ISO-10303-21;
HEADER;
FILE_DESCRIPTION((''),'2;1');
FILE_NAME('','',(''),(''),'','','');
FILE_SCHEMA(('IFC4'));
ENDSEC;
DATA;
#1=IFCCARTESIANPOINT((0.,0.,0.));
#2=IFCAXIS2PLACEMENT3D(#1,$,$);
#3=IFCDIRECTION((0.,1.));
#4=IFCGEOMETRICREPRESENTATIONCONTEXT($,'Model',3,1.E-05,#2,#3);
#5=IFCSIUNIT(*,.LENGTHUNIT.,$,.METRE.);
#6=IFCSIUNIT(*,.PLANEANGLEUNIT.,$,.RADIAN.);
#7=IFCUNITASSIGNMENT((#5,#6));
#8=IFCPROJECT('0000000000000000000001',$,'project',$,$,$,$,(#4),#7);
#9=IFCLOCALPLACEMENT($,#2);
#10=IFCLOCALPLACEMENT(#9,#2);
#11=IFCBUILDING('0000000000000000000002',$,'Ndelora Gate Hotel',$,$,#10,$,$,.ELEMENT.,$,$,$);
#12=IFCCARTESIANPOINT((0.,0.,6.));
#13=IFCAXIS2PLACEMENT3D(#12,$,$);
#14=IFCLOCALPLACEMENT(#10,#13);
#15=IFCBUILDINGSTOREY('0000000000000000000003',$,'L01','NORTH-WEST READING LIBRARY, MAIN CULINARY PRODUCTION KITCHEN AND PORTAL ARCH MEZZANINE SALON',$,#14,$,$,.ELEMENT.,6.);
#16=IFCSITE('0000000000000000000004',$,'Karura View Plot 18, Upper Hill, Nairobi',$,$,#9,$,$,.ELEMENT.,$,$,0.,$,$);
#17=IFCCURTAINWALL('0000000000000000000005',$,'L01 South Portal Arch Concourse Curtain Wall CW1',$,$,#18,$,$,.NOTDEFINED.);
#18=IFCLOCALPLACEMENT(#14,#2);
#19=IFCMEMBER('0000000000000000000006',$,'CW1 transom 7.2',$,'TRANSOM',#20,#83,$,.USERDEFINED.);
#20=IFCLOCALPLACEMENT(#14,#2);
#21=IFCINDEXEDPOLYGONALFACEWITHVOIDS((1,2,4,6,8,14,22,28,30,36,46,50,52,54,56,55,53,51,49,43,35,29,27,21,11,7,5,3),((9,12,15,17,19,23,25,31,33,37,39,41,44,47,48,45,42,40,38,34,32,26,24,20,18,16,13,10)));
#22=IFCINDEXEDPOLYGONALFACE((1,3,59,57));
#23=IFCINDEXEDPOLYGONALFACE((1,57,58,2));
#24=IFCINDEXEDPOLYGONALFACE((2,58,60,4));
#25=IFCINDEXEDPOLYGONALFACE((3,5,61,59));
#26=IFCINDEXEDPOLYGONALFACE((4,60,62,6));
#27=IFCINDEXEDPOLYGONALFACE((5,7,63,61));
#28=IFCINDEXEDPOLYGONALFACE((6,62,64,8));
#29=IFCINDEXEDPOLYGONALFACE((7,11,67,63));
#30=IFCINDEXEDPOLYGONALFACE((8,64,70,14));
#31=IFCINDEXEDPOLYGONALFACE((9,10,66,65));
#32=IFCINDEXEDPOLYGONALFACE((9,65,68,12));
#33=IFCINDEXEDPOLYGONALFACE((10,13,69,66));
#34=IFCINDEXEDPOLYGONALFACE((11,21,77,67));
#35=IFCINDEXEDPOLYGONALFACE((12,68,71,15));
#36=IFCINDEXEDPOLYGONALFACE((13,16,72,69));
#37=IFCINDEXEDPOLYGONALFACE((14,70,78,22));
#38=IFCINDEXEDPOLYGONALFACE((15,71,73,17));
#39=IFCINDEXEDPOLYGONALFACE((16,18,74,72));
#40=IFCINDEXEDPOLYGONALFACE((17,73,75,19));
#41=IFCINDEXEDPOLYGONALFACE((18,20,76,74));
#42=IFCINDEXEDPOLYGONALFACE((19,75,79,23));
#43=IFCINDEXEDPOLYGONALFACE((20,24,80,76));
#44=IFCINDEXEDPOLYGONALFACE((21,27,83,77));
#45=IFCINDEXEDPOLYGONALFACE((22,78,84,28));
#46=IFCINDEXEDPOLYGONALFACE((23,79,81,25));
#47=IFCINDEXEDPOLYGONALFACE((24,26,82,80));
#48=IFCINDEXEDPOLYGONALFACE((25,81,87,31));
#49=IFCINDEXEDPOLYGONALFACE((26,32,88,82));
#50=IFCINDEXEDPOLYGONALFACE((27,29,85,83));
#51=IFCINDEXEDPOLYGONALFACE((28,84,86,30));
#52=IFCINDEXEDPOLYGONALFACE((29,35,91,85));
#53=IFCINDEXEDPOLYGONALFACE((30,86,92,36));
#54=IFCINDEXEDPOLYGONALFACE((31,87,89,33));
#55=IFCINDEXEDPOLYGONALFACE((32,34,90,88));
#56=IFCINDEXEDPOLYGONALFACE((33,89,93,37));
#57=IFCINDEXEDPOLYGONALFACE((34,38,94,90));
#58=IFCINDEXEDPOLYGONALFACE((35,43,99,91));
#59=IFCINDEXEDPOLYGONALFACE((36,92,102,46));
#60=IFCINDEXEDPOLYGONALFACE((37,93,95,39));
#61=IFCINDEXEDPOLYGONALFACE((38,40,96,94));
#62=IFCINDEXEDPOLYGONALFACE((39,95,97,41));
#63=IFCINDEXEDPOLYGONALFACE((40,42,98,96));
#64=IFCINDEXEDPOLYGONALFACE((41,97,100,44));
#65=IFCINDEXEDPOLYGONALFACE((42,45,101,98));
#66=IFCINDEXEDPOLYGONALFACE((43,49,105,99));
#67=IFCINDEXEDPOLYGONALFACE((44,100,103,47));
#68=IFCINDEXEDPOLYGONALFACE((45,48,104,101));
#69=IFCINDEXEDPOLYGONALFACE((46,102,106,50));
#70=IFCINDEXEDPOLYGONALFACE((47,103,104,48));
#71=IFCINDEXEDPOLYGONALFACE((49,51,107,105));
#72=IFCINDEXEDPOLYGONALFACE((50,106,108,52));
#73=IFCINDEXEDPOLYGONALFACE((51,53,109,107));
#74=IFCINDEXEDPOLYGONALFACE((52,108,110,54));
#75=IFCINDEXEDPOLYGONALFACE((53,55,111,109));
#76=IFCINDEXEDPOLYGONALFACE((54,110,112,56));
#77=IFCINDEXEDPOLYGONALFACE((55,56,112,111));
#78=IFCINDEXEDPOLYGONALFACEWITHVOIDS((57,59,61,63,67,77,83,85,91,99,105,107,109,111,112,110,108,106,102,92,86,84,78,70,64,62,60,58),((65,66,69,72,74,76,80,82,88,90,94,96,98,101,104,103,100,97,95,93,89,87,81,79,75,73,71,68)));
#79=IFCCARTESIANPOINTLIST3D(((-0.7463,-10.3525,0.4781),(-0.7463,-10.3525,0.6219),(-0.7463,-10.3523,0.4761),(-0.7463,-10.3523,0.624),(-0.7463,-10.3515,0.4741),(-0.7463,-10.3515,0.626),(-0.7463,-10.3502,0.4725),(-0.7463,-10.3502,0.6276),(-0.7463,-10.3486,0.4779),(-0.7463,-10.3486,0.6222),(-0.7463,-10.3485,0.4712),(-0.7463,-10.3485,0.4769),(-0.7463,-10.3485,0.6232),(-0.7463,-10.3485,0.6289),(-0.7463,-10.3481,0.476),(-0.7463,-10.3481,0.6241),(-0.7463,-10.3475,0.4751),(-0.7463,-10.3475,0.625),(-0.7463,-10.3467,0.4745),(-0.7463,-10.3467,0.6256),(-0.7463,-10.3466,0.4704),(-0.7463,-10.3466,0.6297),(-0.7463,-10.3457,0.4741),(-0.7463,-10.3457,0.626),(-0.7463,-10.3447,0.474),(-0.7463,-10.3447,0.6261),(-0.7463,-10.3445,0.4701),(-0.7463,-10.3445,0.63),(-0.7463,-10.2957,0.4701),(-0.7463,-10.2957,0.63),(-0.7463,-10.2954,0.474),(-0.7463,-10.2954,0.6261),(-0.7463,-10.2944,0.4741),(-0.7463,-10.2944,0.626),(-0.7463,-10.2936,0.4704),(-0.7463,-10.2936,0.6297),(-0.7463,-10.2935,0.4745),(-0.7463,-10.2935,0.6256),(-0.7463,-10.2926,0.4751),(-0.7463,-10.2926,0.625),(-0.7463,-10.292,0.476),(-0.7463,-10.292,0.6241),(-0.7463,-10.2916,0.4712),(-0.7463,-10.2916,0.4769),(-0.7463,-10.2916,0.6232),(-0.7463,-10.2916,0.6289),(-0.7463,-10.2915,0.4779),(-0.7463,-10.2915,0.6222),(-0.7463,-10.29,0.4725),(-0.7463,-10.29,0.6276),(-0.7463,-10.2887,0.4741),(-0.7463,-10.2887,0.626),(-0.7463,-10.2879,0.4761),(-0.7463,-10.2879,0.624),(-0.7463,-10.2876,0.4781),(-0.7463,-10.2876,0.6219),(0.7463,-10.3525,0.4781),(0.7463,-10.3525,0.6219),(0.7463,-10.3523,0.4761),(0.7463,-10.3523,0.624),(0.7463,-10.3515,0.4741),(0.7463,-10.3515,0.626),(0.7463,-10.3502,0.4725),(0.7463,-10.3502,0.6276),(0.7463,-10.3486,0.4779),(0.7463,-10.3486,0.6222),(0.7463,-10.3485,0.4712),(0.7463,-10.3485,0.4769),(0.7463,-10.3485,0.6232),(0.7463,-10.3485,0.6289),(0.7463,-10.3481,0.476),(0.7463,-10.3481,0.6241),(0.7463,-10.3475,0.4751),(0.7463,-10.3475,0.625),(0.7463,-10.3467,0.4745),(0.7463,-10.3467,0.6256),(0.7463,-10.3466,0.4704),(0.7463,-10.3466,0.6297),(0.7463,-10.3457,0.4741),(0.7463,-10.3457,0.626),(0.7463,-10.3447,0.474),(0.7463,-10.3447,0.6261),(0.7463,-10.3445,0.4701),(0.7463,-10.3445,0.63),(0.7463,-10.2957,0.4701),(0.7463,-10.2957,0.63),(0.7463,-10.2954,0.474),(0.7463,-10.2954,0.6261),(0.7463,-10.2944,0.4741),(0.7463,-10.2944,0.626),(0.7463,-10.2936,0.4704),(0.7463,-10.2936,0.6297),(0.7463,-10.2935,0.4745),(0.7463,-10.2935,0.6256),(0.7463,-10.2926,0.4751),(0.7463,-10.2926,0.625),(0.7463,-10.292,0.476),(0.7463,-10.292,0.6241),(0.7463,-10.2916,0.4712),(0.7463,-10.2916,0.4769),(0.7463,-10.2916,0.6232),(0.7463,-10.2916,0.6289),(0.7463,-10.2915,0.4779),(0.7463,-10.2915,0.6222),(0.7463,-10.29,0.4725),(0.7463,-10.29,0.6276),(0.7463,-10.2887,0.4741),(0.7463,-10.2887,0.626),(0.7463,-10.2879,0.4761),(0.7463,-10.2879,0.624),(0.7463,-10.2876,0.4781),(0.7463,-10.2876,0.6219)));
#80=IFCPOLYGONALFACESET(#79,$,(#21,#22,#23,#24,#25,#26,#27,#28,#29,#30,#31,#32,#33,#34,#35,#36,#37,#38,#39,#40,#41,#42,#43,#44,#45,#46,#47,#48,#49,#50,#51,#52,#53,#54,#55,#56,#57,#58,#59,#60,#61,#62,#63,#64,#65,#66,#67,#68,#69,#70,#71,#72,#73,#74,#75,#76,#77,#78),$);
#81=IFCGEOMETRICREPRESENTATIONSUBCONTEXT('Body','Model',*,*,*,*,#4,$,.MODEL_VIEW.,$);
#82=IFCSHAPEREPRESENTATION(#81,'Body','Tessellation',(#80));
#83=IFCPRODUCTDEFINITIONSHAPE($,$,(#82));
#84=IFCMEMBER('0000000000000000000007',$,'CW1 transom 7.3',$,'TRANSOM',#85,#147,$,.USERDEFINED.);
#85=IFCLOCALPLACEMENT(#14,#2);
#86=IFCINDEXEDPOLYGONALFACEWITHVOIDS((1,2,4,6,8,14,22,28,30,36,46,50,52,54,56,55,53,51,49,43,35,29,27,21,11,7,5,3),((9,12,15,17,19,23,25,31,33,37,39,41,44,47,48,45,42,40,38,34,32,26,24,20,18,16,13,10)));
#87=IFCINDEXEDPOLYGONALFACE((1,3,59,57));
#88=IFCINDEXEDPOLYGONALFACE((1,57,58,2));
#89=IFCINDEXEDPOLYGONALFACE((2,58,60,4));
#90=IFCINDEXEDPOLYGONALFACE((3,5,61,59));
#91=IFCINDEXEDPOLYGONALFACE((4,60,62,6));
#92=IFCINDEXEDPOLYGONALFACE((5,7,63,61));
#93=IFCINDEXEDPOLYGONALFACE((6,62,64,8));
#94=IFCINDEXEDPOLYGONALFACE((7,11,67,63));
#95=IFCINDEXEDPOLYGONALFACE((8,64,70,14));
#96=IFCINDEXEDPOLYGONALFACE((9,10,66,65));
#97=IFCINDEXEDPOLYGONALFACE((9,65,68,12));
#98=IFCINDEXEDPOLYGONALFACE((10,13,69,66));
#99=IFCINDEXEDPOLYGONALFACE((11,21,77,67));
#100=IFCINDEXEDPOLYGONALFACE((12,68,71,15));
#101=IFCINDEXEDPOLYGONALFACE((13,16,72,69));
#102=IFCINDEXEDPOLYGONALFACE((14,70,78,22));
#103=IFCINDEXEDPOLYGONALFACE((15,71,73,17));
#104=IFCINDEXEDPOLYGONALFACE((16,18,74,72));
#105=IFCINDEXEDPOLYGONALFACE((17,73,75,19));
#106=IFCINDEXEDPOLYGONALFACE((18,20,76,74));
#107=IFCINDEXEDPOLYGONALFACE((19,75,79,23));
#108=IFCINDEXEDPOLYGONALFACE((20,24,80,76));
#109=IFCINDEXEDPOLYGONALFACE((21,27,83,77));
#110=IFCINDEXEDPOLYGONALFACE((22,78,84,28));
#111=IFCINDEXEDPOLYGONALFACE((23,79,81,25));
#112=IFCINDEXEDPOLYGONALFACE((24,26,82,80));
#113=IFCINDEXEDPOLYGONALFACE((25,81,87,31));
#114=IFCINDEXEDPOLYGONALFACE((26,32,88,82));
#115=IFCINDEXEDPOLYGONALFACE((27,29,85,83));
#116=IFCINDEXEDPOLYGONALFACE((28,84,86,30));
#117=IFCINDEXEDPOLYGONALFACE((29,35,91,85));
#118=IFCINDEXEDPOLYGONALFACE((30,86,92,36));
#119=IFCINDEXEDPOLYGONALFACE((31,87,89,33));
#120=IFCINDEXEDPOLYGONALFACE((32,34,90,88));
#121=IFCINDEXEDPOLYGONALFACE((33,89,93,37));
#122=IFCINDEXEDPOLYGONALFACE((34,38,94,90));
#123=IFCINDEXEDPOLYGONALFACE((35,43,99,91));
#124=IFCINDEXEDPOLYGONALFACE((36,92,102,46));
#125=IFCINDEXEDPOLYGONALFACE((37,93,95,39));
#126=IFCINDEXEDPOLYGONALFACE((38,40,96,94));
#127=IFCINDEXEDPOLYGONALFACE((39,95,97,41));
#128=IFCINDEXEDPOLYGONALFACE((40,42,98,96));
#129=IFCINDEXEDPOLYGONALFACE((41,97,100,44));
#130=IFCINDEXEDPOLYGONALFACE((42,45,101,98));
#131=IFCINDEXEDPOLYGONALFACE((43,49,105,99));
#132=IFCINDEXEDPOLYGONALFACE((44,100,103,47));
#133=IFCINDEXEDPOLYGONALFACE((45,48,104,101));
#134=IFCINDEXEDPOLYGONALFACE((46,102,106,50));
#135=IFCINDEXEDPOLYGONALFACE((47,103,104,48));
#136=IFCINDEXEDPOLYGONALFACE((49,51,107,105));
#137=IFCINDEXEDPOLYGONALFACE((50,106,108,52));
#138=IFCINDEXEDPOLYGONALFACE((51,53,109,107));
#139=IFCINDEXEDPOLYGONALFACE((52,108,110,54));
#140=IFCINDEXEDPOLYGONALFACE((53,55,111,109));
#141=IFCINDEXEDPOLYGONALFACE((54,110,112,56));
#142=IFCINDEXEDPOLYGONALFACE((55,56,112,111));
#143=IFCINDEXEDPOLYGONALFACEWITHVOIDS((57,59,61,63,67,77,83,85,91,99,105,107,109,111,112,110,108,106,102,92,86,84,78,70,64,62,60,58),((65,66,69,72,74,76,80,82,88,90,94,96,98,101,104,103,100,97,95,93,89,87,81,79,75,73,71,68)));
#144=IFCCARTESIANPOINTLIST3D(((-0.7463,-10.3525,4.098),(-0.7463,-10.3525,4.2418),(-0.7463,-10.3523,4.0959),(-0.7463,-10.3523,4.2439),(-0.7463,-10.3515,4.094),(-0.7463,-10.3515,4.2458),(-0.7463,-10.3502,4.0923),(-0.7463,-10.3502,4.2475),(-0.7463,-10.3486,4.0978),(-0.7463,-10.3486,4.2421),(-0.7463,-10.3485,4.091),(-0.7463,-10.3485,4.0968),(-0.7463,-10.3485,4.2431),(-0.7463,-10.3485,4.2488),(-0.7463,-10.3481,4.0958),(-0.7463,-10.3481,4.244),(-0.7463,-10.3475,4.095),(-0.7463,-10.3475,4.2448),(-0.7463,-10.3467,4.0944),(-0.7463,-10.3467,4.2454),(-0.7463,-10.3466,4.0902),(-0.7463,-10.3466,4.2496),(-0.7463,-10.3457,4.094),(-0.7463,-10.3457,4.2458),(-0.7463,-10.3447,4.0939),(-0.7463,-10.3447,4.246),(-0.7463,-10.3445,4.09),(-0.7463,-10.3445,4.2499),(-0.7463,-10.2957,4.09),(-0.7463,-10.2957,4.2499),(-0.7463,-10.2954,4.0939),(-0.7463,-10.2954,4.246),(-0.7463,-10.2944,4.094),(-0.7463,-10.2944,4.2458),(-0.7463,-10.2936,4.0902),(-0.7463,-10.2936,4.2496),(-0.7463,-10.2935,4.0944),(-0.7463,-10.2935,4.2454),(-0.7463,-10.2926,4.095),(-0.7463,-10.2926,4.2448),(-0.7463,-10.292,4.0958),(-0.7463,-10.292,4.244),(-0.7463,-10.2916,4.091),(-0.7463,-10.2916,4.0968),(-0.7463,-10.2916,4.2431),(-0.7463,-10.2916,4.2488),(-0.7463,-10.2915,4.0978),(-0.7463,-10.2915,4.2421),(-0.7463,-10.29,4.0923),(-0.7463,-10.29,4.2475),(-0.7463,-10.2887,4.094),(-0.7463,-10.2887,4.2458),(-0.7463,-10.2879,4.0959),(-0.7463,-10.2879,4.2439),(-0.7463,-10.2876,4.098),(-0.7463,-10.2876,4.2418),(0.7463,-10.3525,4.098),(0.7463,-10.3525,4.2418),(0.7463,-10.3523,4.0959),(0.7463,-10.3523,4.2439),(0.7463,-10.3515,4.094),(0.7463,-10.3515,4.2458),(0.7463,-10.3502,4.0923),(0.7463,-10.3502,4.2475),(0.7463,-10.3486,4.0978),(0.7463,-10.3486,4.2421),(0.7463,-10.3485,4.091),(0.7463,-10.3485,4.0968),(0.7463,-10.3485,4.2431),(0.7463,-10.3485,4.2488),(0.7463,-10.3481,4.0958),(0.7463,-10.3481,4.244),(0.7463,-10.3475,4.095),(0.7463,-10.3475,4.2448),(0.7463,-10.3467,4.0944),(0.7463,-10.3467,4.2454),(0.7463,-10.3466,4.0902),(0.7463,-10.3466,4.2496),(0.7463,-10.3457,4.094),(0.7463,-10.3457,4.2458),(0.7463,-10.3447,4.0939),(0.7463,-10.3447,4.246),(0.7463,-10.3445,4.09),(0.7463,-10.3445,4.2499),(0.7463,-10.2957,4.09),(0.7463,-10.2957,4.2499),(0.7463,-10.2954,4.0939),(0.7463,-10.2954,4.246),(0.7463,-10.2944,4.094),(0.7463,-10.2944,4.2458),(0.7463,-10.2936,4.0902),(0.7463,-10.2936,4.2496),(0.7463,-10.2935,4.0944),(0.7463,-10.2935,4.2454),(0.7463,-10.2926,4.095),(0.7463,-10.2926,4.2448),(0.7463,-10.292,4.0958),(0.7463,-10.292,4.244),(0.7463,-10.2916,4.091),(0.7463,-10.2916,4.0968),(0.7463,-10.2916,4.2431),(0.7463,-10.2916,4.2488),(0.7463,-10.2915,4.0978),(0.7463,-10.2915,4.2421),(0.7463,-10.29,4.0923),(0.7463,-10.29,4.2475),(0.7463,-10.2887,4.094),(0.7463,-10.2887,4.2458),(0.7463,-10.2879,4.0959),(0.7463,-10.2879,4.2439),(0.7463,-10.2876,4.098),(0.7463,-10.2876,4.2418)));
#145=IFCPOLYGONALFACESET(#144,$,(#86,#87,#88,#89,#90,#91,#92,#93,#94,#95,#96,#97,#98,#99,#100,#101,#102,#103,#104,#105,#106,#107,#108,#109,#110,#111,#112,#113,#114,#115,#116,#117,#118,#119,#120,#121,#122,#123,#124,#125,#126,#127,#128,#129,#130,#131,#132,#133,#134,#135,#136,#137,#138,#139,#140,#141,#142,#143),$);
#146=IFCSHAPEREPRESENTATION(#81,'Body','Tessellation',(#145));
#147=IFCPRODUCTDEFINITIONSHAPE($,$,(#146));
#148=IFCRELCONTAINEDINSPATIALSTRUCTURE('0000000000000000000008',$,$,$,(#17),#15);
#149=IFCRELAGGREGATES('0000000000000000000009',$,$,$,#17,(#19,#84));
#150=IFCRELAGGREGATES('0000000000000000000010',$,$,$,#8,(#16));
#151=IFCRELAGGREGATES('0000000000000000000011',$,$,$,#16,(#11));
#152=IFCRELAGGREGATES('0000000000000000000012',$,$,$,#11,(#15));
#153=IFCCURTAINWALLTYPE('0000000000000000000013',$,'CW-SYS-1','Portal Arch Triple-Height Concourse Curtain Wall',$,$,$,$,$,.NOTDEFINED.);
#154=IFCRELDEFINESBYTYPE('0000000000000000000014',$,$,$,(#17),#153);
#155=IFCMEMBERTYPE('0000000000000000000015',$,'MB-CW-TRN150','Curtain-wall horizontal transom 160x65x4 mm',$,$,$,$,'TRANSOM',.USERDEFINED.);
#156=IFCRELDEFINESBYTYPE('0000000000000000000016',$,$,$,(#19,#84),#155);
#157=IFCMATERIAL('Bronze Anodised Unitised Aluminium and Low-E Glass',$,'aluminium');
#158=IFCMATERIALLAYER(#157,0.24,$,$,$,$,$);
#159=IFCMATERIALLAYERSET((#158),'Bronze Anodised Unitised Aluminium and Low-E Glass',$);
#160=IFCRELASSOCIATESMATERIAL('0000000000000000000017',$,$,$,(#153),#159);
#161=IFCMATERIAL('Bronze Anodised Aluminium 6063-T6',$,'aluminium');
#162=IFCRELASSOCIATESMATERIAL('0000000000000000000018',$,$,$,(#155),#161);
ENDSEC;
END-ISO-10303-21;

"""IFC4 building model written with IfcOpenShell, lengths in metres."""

from ifc_helpers import new_model, si_unit, direction, frame, origin, origin_2d, place, context, subcontext, project, spatial, hollow_rectangle, extrude, material, layer, layer_set, material_profile, profile_set, type_object, element, aggregate, save


model = new_model("IFC4")

# Units and contexts
model_context = context("Model", 3, precision=1e-05, world=origin(), true_north=direction((0.0, 1.0)))
body_context = subcontext(model_context, "Body", "Model", "MODEL_VIEW")
ifc_project = project(units=[si_unit("LENGTHUNIT", "METRE"), si_unit("PLANEANGLEUNIT", "RADIAN")], contexts=[model_context])

# Site, building, storey
site_placement = place(None, origin())
site = spatial("IfcSite", under=ifc_project, at=site_placement, Name="Karura View Plot 18, Upper Hill, Nairobi", CompositionType="ELEMENT", RefElevation=0.0)
building_placement = place(site_placement, origin())
building = spatial("IfcBuilding", under=site, at=building_placement, Name="Ndelora Gate Hotel", CompositionType="ELEMENT")
storey_placement = place(building_placement, frame((0.0, 0.0, 6.0)))
storey = spatial("IfcBuildingStorey", under=building, at=storey_placement, Name="L01", Description="NORTH-WEST READING LIBRARY, MAIN CULINARY PRODUCTION KITCHEN AND PORTAL ARCH MEZZANINE SALON", CompositionType="ELEMENT", Elevation=6.0)

# Curtain wall, members
ifc_material_1 = material(Name="Bronze Anodised Unitised Aluminium and Low-E Glass", Category="aluminium")
ifc_layer_1 = layer(ifc_material_1, 0.24)
ifc_layer_set_1 = layer_set([ifc_layer_1], Name="Bronze Anodised Unitised Aluminium and Low-E Glass")
curtain_wall_type = type_object("IfcCurtainWallType", Name="CW-SYS-1", Description="Portal Arch Triple-Height Concourse Curtain Wall", PredefinedType="NOTDEFINED", material=ifc_layer_set_1)
curtain_wall_placement = place(storey_placement, origin())
curtain_wall = element("IfcCurtainWall", 1, at=curtain_wall_placement, inside=storey, type_object=curtain_wall_type, Name="L01 South Portal Arch Concourse Curtain Wall CW1", PredefinedType="NOTDEFINED")
ifc_material_2 = material(Name="Bronze Anodised Aluminium 6063-T6", Category="aluminium")
ifc_material_profile_1 = material_profile(ifc_material_2, hollow_rectangle(XDim=0.0649, YDim=0.1599, WallThickness=0.0039, InnerFilletRadius=0.0039, OuterFilletRadius=0.0081, at=origin_2d()), Name="ALU 160x65x4")
ifc_profile_set_1 = profile_set([ifc_material_profile_1], Name="Bronze Anodised Aluminium 6063-T6")
member_type_1 = type_object("IfcMemberType", Name="MB-CW-TRN150", Description="Curtain-wall horizontal transom 160x65x4 mm", ElementType="TRANSOM", PredefinedType="USERDEFINED", material=ifc_profile_set_1)
member_1_placement = place(storey_placement, frame((-0.7463, -10.3201, 0.55), z_axis=(1.0, 0.0, 0.0), x_axis=(0.0, 1.0, 0.0)))
member_1 = element("IfcMember", 2, at=member_1_placement, type_object=member_type_1, Name="CW1 transom 7.2", ObjectType="TRANSOM", PredefinedType="USERDEFINED", context=body_context, shape_type="SweptSolid", body=[
    extrude(hollow_rectangle(XDim=0.0649, YDim=0.1599, WallThickness=0.0039, InnerFilletRadius=0.0039, OuterFilletRadius=0.0081, at=origin_2d()), origin(), (0.0, 0.0, 1.0), 1.4927),
])
member_2_placement = place(storey_placement, frame((-0.7463, -10.3201, 4.1699), z_axis=(1.0, 0.0, 0.0), x_axis=(0.0, 1.0, 0.0)))
member_2 = element("IfcMember", 3, at=member_2_placement, type_object=member_type_1, Name="CW1 transom 7.3", ObjectType="TRANSOM", PredefinedType="USERDEFINED", context=body_context, shape_type="SweptSolid", body=[
    extrude(hollow_rectangle(XDim=0.0649, YDim=0.1599, WallThickness=0.0039, InnerFilletRadius=0.0039, OuterFilletRadius=0.0081, at=origin_2d()), origin(), (0.0, 0.0, 1.0), 1.4927),
])
aggregate(curtain_wall, [member_1, member_2])

save(model, "model.ifc")
